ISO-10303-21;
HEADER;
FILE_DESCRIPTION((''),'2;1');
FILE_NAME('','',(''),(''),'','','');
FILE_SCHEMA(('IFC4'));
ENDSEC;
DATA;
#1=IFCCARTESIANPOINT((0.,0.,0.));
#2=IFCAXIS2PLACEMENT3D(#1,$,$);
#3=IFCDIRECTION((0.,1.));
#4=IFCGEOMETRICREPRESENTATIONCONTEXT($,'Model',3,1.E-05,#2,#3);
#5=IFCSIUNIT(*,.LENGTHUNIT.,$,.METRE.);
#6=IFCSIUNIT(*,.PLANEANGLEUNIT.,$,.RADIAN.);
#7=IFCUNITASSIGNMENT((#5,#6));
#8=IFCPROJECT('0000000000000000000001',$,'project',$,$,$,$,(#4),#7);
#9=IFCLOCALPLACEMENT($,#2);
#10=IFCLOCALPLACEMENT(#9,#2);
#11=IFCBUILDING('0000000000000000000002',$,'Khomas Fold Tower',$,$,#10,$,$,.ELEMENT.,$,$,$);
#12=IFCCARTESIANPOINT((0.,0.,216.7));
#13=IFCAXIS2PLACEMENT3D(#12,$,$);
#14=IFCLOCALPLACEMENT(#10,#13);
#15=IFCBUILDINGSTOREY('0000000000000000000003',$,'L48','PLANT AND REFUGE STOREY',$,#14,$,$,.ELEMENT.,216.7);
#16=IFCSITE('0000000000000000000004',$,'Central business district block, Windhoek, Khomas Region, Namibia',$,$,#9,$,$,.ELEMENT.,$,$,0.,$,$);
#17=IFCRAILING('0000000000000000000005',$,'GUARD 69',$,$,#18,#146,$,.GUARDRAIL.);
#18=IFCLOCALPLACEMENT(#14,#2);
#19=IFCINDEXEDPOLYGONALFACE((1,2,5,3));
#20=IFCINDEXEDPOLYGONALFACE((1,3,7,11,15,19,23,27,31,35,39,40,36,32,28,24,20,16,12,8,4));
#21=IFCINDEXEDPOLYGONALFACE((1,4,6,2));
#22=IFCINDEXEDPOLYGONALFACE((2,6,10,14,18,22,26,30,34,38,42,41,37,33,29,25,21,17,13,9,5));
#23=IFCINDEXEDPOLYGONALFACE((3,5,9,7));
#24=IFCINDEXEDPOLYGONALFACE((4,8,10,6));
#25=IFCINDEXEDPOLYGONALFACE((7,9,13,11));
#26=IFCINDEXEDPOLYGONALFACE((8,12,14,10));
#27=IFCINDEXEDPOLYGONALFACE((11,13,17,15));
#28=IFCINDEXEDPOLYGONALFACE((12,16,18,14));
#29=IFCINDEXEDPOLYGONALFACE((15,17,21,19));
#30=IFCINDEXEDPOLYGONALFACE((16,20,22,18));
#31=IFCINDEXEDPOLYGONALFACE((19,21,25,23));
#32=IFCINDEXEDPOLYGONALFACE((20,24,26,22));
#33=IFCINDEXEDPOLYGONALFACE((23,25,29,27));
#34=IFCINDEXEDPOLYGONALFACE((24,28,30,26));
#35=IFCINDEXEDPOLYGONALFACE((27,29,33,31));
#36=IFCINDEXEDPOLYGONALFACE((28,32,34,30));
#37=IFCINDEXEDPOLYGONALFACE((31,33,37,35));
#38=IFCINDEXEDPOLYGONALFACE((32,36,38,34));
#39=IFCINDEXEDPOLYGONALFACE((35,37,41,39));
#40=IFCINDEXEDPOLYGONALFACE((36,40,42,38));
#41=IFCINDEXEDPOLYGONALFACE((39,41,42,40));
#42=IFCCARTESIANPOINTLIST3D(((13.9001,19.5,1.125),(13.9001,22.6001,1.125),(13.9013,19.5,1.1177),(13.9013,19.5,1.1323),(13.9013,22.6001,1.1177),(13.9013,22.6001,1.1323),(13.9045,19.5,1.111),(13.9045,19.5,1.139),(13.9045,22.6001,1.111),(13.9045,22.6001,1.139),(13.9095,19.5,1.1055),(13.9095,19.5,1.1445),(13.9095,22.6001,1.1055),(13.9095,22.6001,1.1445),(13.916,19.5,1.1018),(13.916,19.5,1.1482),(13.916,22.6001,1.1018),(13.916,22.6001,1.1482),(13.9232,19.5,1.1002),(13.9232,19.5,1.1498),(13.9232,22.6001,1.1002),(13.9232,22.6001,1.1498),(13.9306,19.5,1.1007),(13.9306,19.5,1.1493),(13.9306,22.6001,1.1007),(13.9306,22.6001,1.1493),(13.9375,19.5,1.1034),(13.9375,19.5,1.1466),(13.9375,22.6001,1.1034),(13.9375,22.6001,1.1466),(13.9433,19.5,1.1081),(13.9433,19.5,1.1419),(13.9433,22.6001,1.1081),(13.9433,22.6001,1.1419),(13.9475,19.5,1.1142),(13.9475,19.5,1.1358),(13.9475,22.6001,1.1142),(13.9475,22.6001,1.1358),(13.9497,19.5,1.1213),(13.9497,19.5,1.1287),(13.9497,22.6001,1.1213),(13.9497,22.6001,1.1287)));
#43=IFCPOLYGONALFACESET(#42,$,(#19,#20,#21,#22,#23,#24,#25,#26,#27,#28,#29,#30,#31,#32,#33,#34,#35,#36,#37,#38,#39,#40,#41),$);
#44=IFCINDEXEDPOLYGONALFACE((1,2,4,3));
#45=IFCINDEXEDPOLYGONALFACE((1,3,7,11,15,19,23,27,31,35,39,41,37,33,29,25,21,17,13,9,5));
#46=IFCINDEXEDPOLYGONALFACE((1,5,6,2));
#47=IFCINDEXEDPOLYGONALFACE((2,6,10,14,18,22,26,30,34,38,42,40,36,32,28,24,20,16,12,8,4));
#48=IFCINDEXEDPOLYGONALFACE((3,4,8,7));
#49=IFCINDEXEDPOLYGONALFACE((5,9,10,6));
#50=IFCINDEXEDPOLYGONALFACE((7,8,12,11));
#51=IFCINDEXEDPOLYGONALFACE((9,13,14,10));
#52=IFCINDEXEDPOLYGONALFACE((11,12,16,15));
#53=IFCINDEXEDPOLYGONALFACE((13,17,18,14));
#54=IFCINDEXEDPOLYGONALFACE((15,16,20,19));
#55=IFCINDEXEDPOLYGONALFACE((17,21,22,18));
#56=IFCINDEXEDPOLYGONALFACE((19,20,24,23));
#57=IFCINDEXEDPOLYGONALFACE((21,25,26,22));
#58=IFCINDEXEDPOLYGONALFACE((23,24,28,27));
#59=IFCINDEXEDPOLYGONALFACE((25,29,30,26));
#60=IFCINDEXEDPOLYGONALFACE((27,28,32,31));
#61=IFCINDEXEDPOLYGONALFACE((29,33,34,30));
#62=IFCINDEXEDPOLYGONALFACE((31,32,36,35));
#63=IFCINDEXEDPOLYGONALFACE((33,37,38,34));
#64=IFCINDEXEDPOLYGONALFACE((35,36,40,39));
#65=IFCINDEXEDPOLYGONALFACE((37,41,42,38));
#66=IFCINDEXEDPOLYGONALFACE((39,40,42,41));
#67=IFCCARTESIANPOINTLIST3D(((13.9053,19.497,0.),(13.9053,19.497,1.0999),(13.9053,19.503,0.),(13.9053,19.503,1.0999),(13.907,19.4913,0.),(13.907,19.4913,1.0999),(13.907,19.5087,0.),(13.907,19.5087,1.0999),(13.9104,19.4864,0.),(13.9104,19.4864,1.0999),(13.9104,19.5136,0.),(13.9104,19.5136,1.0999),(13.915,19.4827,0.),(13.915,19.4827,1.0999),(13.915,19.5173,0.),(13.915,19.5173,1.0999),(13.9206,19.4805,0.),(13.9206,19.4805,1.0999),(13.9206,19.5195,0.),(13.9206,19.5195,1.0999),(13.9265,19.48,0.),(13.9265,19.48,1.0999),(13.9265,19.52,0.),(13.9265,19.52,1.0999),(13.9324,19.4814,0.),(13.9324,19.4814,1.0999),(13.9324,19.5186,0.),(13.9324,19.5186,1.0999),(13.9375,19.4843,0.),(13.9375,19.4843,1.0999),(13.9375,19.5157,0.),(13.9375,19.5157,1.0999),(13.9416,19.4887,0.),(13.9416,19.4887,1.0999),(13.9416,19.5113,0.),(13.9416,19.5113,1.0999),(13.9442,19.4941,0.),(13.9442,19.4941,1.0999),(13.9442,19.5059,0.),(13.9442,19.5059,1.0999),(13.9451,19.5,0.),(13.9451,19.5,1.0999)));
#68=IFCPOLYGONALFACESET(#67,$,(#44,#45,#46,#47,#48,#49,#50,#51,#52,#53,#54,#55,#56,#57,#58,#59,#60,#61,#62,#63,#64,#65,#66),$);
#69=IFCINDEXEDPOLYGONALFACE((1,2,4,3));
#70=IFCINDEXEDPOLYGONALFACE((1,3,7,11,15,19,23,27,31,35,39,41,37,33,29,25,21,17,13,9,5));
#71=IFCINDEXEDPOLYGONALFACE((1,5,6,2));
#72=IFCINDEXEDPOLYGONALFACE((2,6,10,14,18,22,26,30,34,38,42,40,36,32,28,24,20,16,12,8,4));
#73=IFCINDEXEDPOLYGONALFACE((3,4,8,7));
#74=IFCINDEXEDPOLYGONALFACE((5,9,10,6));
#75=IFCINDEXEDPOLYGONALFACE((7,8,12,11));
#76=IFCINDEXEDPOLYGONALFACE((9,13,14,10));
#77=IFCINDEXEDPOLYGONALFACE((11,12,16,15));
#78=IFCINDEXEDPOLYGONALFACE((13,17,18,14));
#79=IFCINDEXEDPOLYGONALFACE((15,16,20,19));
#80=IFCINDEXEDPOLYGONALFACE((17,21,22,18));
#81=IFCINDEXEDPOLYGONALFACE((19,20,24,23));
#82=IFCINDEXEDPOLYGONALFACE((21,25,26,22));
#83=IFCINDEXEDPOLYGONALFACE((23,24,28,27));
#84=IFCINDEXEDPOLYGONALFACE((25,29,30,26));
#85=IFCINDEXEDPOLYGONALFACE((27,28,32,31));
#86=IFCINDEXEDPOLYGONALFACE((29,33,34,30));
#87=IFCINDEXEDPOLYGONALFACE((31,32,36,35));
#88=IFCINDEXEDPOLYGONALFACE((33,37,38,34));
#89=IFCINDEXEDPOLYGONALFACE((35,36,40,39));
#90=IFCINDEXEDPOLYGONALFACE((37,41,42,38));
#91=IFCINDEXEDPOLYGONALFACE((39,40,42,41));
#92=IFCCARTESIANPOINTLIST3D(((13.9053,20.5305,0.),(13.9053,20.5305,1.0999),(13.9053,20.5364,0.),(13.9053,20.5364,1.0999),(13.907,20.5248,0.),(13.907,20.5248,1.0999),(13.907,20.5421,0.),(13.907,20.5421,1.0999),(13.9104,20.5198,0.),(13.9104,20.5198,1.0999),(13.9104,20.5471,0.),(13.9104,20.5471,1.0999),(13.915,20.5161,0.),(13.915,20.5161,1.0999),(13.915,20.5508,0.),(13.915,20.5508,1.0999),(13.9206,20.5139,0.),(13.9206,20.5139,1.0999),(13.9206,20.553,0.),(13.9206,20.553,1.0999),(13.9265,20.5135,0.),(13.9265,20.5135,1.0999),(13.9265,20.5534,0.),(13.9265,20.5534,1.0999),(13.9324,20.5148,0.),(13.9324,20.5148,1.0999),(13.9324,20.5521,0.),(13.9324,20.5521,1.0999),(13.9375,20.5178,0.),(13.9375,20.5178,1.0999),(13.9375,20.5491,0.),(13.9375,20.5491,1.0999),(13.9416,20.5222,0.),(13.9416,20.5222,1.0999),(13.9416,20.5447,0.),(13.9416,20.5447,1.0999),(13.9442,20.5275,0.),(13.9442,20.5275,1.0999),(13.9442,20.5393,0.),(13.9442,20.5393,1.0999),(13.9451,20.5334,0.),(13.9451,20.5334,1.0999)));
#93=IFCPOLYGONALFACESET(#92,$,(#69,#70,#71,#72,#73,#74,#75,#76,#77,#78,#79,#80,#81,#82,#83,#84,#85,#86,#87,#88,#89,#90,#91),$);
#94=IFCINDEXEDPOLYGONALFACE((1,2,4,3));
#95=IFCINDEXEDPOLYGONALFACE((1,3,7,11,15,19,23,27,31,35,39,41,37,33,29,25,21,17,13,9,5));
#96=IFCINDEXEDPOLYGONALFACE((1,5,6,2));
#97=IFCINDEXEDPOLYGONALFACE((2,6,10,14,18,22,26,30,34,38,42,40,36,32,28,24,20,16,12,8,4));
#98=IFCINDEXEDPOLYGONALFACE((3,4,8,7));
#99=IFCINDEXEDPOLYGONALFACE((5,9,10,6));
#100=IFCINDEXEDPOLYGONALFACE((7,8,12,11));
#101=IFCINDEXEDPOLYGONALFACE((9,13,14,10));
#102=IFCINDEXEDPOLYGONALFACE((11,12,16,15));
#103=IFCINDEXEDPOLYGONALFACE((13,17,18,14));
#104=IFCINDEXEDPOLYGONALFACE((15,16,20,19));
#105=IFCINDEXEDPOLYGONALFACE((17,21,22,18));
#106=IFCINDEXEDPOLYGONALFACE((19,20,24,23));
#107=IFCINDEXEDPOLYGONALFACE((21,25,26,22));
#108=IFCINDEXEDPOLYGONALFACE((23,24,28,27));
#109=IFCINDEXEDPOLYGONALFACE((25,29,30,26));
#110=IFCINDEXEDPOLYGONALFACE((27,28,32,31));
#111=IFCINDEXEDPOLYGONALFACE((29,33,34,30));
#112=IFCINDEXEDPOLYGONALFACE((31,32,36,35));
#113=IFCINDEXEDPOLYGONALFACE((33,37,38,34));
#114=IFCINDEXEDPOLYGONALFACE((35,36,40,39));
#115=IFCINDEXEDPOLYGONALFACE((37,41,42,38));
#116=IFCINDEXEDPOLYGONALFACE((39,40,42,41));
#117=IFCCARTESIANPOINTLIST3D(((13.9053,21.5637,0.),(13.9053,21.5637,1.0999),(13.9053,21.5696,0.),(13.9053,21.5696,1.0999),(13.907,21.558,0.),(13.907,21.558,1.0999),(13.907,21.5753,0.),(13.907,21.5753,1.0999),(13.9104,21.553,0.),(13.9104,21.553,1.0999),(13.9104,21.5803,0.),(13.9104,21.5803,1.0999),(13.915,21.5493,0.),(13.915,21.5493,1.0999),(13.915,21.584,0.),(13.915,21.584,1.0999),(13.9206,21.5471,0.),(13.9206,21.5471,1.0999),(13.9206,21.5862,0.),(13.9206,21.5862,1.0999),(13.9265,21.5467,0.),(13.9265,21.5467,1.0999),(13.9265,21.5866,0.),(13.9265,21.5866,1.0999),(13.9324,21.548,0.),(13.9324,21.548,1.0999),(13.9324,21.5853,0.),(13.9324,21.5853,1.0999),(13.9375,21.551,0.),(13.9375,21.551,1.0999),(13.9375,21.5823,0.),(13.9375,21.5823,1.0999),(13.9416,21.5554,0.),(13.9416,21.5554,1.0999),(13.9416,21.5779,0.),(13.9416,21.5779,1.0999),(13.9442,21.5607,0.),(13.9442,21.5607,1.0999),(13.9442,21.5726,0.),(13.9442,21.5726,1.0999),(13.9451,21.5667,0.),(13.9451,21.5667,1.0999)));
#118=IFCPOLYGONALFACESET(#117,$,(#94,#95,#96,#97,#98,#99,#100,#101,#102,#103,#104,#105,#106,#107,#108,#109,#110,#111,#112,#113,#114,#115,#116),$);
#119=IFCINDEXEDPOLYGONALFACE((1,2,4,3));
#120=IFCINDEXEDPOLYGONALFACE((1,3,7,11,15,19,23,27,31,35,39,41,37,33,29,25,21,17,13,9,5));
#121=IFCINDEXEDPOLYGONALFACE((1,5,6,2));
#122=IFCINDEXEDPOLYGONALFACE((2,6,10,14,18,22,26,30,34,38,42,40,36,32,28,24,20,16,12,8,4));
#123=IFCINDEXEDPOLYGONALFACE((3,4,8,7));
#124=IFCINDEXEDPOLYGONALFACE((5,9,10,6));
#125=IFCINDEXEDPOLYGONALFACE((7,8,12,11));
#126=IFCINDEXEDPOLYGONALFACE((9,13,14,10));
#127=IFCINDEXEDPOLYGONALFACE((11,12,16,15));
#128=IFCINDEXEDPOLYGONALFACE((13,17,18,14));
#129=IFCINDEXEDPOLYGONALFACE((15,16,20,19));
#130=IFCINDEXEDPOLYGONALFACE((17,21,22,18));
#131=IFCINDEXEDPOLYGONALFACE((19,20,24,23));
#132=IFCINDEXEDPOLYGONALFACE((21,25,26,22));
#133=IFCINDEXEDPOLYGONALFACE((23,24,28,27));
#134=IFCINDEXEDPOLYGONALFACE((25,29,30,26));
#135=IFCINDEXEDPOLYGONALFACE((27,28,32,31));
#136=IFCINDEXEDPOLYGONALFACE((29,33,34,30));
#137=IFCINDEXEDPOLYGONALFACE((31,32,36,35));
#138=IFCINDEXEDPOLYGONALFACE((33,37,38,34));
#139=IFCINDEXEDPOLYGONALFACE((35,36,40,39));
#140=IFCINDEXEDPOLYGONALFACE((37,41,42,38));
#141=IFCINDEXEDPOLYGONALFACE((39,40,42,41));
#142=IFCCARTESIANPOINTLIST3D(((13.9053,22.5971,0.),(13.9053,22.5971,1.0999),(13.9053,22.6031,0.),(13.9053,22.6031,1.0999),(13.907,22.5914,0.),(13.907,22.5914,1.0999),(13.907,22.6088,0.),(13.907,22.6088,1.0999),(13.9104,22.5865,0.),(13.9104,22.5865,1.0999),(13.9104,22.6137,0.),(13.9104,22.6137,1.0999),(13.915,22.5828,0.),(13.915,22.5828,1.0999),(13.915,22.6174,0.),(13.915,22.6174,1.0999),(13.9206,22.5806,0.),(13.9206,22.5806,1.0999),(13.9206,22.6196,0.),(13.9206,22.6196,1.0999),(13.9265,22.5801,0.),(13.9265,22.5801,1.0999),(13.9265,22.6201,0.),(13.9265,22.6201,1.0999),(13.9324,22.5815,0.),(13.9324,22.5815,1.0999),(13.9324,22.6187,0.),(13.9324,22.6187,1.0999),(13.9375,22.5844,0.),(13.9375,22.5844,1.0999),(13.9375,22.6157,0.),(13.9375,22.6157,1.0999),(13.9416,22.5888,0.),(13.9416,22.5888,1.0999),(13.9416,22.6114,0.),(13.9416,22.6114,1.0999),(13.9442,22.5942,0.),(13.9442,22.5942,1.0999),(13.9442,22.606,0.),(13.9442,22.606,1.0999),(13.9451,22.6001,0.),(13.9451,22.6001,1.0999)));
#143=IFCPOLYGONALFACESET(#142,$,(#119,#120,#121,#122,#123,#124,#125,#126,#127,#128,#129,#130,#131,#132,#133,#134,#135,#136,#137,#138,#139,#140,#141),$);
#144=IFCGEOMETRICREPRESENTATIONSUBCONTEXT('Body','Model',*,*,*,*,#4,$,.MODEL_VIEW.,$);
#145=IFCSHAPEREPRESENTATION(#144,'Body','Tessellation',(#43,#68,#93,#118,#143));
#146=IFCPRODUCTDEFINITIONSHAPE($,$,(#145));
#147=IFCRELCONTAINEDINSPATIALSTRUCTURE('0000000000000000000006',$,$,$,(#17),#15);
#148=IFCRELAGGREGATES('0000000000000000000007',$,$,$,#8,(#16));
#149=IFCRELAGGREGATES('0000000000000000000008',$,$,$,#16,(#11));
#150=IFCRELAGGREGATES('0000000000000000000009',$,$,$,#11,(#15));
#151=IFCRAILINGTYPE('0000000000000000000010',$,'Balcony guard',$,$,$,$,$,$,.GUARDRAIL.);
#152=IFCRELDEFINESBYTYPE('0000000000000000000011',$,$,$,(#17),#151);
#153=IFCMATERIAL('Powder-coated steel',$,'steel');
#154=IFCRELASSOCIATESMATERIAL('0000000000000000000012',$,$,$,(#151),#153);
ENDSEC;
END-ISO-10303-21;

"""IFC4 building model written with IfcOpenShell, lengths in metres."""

from ifc_helpers import new_model, si_unit, direction, frame, origin, origin_2d, place, context, subcontext, project, spatial, circle, extrude, source, transform, mapped, material, type_object, element, save


model = new_model("IFC4")

# Units and contexts
model_context = context("Model", 3, precision=1e-05, world=origin(), true_north=direction((0.0, 1.0)))
body_context = subcontext(model_context, "Body", "Model", "MODEL_VIEW")
ifc_project = project(units=[si_unit("LENGTHUNIT", "METRE"), si_unit("PLANEANGLEUNIT", "RADIAN")], contexts=[model_context])

# Site, building, storey
site_placement = place(None, origin())
site = spatial("IfcSite", under=ifc_project, at=site_placement, Name="Central business district block, Windhoek, Khomas Region, Namibia", CompositionType="ELEMENT", RefElevation=0.0)
building_placement = place(site_placement, origin())
building = spatial("IfcBuilding", under=site, at=building_placement, Name="Khomas Fold Tower", CompositionType="ELEMENT")
storey_placement = place(building_placement, frame((0.0, 0.0, 216.7)))
storey = spatial("IfcBuildingStorey", under=building, at=storey_placement, Name="L48", Description="PLANT AND REFUGE STOREY", CompositionType="ELEMENT", Elevation=216.7)

# Railing
ifc_material_1 = material(Name="Powder-coated steel", Category="steel")
railing_type = type_object("IfcRailingType", Name="Balcony guard", PredefinedType="GUARDRAIL", material=ifc_material_1)
shared_shape_1 = source(origin(), body_context, "Body", "SweptSolid", [
    extrude(circle(Radius=0.0249, at=origin_2d()), frame((0.0, 0.0, 1.125), z_axis=(0.0, 1.0, 0.0), x_axis=(-1.0, 0.0, 0.0)), (0.0, 0.0, 1.0), 3.1001),
    extrude(circle(Radius=0.02, at=origin_2d()), origin(), (0.0, 0.0, 1.0), 1.0999),
    extrude(circle(Radius=0.02, at=origin_2d()), frame((0.0, 1.0334, 0.0)), (0.0, 0.0, 1.0), 1.0999),
    extrude(circle(Radius=0.02, at=origin_2d()), frame((0.0, 2.0667, 0.0)), (0.0, 0.0, 1.0), 1.0999),
    extrude(circle(Radius=0.02, at=origin_2d()), frame((0.0, 3.1001, 0.0)), (0.0, 0.0, 1.0), 1.0999),
])
railing_placement = place(storey_placement, frame((13.925, 19.5, 0.0)))
element("IfcRailing", 1, at=railing_placement, inside=storey, type_object=railing_type, Name="GUARD 69", PredefinedType="GUARDRAIL", context=body_context, shape_type="MappedRepresentation", body=[
    mapped(shared_shape_1, transform((0.0, 0.0, 0.0))),
])

save(model, "model.ifc")
